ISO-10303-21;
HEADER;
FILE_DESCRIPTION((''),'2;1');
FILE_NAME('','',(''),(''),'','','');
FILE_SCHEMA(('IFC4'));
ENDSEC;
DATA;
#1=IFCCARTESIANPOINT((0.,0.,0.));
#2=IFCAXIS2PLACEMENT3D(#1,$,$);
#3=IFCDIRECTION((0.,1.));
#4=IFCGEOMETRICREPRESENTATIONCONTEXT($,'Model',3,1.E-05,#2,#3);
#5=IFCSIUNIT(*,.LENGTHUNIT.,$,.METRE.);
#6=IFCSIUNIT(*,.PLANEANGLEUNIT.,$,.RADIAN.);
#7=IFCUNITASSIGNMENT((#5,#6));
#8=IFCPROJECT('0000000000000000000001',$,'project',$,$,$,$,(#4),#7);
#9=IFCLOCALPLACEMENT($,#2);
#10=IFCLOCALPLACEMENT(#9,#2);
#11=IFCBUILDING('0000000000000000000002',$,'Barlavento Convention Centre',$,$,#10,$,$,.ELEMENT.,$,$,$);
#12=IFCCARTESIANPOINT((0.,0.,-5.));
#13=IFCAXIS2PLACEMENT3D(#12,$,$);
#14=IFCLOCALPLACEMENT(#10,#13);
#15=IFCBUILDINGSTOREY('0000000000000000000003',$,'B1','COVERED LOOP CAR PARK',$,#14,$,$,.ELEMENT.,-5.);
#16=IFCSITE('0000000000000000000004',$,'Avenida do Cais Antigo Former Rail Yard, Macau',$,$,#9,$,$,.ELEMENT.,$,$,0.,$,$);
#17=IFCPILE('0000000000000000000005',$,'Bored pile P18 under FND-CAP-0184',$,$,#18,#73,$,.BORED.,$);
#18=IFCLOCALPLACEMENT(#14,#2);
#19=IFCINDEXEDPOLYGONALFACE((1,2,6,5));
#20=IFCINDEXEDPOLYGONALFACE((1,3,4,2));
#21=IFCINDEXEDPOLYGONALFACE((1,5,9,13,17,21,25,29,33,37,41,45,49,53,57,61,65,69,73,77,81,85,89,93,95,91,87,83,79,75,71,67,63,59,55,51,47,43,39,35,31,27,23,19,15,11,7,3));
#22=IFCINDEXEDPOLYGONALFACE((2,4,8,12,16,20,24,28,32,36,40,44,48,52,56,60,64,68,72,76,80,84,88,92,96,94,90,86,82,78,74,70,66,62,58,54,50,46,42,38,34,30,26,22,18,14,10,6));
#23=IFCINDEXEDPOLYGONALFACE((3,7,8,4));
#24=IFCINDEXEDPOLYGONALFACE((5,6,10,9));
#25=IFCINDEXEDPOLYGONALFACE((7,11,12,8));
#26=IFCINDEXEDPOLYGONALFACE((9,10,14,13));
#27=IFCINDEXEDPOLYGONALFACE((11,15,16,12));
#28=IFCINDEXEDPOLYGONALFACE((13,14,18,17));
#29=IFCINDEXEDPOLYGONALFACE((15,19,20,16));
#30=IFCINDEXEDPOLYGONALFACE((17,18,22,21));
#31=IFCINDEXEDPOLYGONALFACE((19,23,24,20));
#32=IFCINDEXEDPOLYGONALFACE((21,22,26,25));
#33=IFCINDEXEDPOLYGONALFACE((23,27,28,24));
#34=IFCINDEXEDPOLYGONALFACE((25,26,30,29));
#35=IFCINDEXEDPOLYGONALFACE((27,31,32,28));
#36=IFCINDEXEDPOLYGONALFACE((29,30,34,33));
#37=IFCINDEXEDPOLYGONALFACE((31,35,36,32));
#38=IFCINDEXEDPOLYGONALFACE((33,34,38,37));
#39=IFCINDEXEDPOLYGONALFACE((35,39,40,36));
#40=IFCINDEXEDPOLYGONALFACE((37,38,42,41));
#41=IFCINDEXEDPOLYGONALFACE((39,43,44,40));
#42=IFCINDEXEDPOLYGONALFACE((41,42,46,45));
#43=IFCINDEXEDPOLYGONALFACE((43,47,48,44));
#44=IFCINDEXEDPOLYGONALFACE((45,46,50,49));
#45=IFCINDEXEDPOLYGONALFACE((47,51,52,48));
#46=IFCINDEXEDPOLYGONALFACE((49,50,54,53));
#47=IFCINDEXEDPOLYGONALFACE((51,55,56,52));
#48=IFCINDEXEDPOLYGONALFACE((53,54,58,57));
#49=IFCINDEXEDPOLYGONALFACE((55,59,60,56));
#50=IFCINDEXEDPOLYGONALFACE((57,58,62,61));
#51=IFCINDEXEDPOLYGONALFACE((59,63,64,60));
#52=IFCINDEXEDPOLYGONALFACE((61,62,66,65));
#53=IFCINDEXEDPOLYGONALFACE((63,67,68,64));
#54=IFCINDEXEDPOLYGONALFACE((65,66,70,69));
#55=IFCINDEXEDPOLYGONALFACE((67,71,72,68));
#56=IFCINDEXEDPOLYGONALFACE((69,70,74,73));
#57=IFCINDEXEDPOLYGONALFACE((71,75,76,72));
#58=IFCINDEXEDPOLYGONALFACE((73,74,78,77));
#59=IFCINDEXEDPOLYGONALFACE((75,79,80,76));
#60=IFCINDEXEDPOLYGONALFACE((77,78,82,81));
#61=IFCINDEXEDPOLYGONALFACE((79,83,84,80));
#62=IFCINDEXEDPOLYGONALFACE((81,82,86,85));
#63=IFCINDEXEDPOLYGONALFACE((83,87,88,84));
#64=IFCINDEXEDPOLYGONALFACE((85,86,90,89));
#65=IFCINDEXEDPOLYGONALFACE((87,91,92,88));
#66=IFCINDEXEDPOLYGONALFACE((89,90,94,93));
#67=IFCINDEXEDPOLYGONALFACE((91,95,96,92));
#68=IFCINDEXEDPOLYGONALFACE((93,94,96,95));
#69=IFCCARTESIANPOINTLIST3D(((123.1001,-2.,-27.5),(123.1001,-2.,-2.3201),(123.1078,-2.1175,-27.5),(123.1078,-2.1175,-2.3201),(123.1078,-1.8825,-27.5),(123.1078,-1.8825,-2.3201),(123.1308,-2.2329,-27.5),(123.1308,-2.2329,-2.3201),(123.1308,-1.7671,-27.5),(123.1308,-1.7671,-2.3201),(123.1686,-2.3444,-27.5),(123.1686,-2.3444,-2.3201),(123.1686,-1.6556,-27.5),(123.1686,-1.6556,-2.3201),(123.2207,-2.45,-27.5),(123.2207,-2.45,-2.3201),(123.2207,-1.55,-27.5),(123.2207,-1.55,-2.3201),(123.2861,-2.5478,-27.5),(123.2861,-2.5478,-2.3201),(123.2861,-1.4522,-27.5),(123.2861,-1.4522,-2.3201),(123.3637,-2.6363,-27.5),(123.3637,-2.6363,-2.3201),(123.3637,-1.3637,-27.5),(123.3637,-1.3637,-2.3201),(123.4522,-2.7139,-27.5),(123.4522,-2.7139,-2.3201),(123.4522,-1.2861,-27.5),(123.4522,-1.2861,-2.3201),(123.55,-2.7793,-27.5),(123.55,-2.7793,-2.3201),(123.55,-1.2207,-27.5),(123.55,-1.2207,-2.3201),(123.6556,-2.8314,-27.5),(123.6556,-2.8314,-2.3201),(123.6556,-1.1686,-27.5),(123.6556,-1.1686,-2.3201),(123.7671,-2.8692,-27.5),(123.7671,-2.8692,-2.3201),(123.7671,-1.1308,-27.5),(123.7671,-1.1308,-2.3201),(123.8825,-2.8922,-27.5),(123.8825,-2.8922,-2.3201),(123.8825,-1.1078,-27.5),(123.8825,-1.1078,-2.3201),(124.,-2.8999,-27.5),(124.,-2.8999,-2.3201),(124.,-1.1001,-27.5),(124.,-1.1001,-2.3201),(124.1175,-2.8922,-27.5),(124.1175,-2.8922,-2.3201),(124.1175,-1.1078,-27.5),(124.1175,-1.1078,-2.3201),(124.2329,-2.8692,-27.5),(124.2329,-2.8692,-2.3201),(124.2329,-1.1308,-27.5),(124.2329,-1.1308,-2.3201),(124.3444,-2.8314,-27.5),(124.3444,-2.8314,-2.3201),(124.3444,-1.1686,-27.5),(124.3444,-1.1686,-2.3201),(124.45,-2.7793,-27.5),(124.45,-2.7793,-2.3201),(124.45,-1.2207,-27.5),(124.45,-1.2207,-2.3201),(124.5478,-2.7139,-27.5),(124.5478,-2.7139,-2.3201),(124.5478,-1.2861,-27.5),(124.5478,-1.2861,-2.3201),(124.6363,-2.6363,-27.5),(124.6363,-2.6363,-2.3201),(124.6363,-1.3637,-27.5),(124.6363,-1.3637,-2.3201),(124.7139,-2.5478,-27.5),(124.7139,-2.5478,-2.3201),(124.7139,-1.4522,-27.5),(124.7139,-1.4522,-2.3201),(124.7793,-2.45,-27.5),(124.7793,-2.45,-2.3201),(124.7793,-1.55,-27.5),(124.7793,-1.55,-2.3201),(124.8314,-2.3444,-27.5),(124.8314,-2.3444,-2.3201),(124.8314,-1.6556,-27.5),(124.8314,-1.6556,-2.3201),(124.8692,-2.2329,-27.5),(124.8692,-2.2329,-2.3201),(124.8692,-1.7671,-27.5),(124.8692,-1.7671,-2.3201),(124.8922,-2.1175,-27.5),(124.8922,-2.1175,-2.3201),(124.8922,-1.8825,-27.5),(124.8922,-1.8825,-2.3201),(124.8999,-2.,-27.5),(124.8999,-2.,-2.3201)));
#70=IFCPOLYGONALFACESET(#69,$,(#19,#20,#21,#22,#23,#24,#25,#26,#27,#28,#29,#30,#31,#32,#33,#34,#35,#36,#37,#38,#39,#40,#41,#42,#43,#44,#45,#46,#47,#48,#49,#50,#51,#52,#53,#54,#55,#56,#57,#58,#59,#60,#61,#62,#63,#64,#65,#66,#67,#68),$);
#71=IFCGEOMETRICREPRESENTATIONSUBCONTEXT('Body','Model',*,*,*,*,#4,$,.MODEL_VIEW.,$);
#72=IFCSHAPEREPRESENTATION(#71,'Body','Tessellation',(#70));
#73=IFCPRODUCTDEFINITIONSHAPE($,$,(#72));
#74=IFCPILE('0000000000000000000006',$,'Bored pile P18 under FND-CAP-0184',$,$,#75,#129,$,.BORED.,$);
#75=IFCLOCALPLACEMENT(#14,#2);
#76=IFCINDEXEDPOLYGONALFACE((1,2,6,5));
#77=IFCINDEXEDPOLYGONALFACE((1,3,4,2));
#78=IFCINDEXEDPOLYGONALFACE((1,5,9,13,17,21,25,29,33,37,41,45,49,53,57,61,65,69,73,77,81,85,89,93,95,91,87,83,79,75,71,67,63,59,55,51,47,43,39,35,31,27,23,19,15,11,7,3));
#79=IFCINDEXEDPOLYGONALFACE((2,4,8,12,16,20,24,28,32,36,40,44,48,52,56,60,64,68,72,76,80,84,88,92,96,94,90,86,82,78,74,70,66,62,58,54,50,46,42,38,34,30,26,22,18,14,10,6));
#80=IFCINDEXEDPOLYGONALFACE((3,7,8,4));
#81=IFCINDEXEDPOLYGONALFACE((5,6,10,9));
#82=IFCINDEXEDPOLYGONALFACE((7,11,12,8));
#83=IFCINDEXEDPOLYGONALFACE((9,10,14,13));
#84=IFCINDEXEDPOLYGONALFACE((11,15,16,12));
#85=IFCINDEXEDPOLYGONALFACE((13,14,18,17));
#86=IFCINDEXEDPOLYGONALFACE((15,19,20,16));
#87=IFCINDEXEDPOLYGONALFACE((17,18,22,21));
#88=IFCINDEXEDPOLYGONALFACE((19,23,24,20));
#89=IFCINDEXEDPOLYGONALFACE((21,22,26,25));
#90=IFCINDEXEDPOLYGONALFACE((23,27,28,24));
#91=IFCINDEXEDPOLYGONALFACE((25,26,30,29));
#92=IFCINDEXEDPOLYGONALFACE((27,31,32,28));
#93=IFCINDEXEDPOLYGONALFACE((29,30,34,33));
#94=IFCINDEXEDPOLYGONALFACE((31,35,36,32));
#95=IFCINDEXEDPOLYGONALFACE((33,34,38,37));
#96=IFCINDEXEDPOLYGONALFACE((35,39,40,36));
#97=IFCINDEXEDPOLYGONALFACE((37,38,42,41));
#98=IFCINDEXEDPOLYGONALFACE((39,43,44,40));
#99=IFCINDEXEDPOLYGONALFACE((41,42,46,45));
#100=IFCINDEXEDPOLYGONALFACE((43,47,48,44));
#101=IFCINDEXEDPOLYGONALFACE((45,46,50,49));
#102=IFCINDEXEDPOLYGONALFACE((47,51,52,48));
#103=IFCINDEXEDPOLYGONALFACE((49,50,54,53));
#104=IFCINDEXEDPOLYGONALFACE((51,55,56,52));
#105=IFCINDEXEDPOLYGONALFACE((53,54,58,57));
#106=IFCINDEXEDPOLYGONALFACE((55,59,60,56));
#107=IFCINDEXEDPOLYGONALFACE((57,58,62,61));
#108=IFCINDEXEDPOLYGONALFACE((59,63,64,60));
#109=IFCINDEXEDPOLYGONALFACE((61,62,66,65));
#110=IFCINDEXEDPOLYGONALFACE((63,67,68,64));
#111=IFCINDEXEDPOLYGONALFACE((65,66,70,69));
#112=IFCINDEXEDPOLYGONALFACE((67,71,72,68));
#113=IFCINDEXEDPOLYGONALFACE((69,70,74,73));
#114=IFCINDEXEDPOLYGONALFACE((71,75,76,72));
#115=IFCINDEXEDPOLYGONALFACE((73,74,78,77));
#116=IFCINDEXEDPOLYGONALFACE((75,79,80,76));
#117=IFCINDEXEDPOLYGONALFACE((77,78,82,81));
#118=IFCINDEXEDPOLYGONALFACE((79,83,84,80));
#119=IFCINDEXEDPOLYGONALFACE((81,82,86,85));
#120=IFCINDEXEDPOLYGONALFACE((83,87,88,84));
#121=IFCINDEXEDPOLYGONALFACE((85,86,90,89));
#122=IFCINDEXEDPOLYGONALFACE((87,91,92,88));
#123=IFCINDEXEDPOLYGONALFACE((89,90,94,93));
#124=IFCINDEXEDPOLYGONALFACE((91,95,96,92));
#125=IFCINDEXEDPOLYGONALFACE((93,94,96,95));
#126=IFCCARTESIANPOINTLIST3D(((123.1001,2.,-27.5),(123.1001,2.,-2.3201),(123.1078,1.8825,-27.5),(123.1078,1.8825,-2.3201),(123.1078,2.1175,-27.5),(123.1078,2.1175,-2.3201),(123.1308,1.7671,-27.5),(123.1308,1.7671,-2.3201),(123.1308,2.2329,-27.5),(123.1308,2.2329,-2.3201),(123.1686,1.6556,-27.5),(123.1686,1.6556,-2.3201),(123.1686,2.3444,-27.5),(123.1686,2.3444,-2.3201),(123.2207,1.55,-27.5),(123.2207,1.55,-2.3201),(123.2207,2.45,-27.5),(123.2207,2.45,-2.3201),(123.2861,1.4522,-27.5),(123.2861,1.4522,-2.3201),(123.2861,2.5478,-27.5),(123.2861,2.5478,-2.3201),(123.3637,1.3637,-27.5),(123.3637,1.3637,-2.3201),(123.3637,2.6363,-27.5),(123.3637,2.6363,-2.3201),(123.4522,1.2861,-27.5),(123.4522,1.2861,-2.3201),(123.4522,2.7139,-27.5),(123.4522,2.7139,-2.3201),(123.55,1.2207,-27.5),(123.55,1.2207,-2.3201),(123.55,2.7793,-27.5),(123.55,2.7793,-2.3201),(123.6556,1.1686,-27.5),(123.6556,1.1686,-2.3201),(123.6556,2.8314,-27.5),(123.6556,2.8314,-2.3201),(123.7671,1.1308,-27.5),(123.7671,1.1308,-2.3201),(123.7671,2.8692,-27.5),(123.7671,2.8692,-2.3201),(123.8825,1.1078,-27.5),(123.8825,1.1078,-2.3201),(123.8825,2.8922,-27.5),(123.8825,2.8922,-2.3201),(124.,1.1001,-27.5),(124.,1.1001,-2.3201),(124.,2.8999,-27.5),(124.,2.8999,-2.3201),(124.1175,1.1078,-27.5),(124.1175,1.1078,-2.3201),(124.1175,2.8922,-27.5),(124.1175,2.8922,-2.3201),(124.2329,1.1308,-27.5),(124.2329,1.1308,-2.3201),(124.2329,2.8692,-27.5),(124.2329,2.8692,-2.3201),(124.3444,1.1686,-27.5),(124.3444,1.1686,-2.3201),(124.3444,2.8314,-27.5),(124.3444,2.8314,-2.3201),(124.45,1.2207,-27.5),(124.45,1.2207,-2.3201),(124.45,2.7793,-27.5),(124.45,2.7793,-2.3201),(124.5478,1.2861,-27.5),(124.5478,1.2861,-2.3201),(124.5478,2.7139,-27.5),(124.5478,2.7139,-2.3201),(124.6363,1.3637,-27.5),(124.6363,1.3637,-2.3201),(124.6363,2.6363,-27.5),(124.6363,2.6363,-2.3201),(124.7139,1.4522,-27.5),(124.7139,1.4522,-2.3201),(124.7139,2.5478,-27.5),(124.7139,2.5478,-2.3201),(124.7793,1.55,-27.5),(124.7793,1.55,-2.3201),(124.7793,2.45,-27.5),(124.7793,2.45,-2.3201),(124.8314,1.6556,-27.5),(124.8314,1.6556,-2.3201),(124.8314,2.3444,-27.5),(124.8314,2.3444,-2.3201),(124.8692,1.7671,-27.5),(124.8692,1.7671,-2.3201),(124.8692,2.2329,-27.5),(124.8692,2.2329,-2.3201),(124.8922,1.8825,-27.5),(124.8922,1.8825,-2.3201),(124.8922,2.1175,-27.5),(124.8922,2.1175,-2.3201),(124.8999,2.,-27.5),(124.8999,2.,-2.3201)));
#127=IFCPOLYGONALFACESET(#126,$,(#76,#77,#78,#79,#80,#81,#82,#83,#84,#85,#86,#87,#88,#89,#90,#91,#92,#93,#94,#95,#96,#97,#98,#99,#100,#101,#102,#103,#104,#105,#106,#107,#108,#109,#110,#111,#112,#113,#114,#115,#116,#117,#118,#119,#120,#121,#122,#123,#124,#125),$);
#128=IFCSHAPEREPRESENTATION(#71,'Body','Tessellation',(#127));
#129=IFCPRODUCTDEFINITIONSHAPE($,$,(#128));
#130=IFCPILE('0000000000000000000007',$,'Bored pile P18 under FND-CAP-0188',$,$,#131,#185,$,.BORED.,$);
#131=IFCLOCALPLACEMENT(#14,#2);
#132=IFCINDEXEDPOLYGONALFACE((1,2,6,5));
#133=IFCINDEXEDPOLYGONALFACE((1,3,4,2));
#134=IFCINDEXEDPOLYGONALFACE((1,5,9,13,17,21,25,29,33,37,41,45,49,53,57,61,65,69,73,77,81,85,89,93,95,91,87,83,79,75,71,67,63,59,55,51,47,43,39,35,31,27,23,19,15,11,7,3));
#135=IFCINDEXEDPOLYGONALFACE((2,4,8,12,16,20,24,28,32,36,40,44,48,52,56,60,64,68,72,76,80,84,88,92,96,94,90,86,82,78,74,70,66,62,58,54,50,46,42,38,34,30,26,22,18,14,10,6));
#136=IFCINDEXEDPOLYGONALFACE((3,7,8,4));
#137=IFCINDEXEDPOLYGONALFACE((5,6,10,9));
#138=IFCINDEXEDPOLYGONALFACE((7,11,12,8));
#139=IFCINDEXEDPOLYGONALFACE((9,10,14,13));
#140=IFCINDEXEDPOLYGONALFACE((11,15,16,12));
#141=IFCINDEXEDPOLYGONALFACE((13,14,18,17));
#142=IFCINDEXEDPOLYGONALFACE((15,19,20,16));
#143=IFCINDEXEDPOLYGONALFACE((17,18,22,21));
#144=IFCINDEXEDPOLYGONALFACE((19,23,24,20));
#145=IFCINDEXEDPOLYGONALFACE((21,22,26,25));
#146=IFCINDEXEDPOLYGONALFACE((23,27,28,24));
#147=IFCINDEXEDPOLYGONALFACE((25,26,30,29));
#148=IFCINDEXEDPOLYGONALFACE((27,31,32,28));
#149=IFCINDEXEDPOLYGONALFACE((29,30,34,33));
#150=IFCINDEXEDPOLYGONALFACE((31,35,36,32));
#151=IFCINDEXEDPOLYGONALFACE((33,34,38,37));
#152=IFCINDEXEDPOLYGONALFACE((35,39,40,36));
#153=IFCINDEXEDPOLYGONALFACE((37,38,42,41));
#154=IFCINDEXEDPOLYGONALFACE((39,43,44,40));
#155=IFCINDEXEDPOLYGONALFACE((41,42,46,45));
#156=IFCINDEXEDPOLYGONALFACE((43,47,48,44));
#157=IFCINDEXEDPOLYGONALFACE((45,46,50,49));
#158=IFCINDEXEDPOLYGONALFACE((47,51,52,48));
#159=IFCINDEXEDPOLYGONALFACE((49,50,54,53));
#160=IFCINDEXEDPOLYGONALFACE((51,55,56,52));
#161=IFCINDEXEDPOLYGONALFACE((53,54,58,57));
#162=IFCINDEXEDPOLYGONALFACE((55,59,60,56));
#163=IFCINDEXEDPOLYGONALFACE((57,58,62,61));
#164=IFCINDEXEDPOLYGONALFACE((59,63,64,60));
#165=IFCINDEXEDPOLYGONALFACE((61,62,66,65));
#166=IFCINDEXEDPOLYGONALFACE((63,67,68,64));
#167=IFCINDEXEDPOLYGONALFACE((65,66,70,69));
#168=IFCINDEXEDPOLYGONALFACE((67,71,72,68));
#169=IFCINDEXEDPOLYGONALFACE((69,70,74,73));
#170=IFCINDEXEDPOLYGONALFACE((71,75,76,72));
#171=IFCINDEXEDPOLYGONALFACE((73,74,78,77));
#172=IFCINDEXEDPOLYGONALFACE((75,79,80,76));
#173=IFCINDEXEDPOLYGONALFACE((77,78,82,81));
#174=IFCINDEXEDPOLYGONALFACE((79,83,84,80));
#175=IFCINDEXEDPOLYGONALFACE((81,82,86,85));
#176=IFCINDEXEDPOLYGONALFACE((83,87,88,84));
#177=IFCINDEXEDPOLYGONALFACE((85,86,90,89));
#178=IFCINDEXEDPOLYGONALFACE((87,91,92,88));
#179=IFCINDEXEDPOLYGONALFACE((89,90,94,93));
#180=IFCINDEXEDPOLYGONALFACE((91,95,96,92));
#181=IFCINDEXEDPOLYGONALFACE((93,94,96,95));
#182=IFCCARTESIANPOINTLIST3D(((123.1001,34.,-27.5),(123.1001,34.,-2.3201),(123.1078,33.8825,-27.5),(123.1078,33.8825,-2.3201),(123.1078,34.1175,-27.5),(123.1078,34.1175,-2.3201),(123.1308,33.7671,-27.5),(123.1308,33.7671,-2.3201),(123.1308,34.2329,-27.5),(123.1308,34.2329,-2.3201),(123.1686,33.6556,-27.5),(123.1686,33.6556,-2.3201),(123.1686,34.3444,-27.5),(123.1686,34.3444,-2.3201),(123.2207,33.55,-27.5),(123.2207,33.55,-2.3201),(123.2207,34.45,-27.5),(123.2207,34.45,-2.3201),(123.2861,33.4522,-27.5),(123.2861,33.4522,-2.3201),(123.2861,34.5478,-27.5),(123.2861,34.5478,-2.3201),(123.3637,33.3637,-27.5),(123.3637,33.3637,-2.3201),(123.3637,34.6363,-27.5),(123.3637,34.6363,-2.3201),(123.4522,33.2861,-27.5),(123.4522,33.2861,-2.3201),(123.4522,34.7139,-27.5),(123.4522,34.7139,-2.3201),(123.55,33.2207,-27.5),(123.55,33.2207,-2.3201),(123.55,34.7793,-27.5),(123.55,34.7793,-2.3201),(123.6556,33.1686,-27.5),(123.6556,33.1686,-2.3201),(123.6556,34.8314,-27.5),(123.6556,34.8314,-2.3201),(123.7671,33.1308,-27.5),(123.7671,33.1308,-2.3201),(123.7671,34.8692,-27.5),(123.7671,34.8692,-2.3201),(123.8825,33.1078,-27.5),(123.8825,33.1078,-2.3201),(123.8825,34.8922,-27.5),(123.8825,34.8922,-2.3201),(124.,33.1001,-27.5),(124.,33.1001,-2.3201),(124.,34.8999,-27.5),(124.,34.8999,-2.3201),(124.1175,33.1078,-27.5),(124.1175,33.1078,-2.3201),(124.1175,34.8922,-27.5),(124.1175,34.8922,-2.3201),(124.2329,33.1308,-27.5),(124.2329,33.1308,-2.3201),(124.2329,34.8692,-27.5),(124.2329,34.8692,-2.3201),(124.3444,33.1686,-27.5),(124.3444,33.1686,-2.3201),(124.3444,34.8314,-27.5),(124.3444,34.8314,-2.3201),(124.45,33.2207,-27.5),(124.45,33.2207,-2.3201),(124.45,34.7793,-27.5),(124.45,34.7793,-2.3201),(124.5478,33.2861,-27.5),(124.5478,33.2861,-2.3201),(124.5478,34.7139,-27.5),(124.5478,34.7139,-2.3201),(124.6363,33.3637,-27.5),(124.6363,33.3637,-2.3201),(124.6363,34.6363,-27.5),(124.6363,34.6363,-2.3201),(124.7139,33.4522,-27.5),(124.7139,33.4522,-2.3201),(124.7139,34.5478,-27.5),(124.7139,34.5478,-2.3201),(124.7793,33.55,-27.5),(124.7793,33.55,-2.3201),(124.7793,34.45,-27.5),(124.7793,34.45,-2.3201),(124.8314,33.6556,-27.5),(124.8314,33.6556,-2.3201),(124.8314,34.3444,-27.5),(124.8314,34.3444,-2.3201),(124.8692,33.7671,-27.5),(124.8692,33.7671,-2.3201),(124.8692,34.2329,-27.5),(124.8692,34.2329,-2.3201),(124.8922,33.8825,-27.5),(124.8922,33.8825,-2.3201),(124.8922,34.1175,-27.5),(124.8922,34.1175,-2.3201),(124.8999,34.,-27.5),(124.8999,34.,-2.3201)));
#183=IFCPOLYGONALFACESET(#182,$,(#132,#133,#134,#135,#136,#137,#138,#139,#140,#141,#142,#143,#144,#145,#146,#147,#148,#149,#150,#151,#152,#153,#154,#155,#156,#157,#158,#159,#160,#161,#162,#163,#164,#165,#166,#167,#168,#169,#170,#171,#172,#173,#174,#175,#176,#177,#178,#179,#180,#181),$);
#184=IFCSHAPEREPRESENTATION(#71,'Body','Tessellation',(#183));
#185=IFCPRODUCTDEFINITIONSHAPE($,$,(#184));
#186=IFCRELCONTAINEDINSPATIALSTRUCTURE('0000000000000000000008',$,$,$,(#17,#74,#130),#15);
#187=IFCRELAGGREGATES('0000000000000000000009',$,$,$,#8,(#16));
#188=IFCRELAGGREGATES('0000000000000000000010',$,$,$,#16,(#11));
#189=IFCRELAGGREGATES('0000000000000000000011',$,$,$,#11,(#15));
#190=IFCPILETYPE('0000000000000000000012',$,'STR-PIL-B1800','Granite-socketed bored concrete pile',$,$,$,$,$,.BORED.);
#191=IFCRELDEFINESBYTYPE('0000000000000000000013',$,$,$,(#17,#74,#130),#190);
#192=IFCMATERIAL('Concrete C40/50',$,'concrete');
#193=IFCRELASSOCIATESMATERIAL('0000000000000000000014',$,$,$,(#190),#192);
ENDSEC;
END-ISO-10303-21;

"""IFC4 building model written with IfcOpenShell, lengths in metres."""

from ifc_helpers import new_model, si_unit, direction, frame, origin, origin_2d, place, context, subcontext, project, spatial, circle, extrude, material, material_profile, profile_set, type_object, element, save


model = new_model("IFC4")

# Units and contexts
model_context = context("Model", 3, precision=1e-05, world=origin(), true_north=direction((0.0, 1.0)))
body_context = subcontext(model_context, "Body", "Model", "MODEL_VIEW")
ifc_project = project(units=[si_unit("LENGTHUNIT", "METRE"), si_unit("PLANEANGLEUNIT", "RADIAN")], contexts=[model_context])

# Site, building, storey
site_placement = place(None, origin())
site = spatial("IfcSite", under=ifc_project, at=site_placement, Name="Avenida do Cais Antigo Former Rail Yard, Macau", CompositionType="ELEMENT", RefElevation=0.0)
building_placement = place(site_placement, origin())
building = spatial("IfcBuilding", under=site, at=building_placement, Name="Barlavento Convention Centre", CompositionType="ELEMENT")
storey_placement = place(building_placement, frame((0.0, 0.0, -5.0)))
storey = spatial("IfcBuildingStorey", under=building, at=storey_placement, Name="B1", Description="COVERED LOOP CAR PARK", CompositionType="ELEMENT", Elevation=-5.0)

# Shared definitions
ifc_material_1 = material(Name="Concrete C40/50", Category="concrete")

# Piles
ifc_material_profile_1 = material_profile(ifc_material_1, circle(Radius=0.8999, at=origin_2d()), Name="BORED PILE 1800")
ifc_profile_set_1 = profile_set([ifc_material_profile_1], Name="Concrete C40/50")
pile_type_1 = type_object("IfcPileType", Name="STR-PIL-B1800", Description="Granite-socketed bored concrete pile", PredefinedType="BORED", material=ifc_profile_set_1)
for number, where, z_axis, x_axis, name in (
    (1, (124.0, -2.0, -2.3201), (0.0, 0.0, -1.0), (1.0, 0.0, 0.0), "Bored pile P18 under FND-CAP-0184"),
    (2, (124.0, 2.0, -2.3201), (0.0, 0.0, -1.0), (1.0, 0.0, 0.0), "Bored pile P18 under FND-CAP-0184"),
    (3, (124.0, 34.0, -2.3201), (0.0, 0.0, -1.0), (1.0, 0.0, 0.0), "Bored pile P18 under FND-CAP-0188"),
):
    element("IfcPile", number, at=place(storey_placement, frame(where, z_axis=z_axis, x_axis=x_axis)), inside=storey, type_object=pile_type_1, Name=name, PredefinedType="BORED", context=body_context, shape_type="SweptSolid", body=[
        extrude(circle(Radius=0.8999, at=origin_2d()), origin(), (0.0, 0.0, 1.0), 25.1799),
    ])

save(model, "model.ifc")
